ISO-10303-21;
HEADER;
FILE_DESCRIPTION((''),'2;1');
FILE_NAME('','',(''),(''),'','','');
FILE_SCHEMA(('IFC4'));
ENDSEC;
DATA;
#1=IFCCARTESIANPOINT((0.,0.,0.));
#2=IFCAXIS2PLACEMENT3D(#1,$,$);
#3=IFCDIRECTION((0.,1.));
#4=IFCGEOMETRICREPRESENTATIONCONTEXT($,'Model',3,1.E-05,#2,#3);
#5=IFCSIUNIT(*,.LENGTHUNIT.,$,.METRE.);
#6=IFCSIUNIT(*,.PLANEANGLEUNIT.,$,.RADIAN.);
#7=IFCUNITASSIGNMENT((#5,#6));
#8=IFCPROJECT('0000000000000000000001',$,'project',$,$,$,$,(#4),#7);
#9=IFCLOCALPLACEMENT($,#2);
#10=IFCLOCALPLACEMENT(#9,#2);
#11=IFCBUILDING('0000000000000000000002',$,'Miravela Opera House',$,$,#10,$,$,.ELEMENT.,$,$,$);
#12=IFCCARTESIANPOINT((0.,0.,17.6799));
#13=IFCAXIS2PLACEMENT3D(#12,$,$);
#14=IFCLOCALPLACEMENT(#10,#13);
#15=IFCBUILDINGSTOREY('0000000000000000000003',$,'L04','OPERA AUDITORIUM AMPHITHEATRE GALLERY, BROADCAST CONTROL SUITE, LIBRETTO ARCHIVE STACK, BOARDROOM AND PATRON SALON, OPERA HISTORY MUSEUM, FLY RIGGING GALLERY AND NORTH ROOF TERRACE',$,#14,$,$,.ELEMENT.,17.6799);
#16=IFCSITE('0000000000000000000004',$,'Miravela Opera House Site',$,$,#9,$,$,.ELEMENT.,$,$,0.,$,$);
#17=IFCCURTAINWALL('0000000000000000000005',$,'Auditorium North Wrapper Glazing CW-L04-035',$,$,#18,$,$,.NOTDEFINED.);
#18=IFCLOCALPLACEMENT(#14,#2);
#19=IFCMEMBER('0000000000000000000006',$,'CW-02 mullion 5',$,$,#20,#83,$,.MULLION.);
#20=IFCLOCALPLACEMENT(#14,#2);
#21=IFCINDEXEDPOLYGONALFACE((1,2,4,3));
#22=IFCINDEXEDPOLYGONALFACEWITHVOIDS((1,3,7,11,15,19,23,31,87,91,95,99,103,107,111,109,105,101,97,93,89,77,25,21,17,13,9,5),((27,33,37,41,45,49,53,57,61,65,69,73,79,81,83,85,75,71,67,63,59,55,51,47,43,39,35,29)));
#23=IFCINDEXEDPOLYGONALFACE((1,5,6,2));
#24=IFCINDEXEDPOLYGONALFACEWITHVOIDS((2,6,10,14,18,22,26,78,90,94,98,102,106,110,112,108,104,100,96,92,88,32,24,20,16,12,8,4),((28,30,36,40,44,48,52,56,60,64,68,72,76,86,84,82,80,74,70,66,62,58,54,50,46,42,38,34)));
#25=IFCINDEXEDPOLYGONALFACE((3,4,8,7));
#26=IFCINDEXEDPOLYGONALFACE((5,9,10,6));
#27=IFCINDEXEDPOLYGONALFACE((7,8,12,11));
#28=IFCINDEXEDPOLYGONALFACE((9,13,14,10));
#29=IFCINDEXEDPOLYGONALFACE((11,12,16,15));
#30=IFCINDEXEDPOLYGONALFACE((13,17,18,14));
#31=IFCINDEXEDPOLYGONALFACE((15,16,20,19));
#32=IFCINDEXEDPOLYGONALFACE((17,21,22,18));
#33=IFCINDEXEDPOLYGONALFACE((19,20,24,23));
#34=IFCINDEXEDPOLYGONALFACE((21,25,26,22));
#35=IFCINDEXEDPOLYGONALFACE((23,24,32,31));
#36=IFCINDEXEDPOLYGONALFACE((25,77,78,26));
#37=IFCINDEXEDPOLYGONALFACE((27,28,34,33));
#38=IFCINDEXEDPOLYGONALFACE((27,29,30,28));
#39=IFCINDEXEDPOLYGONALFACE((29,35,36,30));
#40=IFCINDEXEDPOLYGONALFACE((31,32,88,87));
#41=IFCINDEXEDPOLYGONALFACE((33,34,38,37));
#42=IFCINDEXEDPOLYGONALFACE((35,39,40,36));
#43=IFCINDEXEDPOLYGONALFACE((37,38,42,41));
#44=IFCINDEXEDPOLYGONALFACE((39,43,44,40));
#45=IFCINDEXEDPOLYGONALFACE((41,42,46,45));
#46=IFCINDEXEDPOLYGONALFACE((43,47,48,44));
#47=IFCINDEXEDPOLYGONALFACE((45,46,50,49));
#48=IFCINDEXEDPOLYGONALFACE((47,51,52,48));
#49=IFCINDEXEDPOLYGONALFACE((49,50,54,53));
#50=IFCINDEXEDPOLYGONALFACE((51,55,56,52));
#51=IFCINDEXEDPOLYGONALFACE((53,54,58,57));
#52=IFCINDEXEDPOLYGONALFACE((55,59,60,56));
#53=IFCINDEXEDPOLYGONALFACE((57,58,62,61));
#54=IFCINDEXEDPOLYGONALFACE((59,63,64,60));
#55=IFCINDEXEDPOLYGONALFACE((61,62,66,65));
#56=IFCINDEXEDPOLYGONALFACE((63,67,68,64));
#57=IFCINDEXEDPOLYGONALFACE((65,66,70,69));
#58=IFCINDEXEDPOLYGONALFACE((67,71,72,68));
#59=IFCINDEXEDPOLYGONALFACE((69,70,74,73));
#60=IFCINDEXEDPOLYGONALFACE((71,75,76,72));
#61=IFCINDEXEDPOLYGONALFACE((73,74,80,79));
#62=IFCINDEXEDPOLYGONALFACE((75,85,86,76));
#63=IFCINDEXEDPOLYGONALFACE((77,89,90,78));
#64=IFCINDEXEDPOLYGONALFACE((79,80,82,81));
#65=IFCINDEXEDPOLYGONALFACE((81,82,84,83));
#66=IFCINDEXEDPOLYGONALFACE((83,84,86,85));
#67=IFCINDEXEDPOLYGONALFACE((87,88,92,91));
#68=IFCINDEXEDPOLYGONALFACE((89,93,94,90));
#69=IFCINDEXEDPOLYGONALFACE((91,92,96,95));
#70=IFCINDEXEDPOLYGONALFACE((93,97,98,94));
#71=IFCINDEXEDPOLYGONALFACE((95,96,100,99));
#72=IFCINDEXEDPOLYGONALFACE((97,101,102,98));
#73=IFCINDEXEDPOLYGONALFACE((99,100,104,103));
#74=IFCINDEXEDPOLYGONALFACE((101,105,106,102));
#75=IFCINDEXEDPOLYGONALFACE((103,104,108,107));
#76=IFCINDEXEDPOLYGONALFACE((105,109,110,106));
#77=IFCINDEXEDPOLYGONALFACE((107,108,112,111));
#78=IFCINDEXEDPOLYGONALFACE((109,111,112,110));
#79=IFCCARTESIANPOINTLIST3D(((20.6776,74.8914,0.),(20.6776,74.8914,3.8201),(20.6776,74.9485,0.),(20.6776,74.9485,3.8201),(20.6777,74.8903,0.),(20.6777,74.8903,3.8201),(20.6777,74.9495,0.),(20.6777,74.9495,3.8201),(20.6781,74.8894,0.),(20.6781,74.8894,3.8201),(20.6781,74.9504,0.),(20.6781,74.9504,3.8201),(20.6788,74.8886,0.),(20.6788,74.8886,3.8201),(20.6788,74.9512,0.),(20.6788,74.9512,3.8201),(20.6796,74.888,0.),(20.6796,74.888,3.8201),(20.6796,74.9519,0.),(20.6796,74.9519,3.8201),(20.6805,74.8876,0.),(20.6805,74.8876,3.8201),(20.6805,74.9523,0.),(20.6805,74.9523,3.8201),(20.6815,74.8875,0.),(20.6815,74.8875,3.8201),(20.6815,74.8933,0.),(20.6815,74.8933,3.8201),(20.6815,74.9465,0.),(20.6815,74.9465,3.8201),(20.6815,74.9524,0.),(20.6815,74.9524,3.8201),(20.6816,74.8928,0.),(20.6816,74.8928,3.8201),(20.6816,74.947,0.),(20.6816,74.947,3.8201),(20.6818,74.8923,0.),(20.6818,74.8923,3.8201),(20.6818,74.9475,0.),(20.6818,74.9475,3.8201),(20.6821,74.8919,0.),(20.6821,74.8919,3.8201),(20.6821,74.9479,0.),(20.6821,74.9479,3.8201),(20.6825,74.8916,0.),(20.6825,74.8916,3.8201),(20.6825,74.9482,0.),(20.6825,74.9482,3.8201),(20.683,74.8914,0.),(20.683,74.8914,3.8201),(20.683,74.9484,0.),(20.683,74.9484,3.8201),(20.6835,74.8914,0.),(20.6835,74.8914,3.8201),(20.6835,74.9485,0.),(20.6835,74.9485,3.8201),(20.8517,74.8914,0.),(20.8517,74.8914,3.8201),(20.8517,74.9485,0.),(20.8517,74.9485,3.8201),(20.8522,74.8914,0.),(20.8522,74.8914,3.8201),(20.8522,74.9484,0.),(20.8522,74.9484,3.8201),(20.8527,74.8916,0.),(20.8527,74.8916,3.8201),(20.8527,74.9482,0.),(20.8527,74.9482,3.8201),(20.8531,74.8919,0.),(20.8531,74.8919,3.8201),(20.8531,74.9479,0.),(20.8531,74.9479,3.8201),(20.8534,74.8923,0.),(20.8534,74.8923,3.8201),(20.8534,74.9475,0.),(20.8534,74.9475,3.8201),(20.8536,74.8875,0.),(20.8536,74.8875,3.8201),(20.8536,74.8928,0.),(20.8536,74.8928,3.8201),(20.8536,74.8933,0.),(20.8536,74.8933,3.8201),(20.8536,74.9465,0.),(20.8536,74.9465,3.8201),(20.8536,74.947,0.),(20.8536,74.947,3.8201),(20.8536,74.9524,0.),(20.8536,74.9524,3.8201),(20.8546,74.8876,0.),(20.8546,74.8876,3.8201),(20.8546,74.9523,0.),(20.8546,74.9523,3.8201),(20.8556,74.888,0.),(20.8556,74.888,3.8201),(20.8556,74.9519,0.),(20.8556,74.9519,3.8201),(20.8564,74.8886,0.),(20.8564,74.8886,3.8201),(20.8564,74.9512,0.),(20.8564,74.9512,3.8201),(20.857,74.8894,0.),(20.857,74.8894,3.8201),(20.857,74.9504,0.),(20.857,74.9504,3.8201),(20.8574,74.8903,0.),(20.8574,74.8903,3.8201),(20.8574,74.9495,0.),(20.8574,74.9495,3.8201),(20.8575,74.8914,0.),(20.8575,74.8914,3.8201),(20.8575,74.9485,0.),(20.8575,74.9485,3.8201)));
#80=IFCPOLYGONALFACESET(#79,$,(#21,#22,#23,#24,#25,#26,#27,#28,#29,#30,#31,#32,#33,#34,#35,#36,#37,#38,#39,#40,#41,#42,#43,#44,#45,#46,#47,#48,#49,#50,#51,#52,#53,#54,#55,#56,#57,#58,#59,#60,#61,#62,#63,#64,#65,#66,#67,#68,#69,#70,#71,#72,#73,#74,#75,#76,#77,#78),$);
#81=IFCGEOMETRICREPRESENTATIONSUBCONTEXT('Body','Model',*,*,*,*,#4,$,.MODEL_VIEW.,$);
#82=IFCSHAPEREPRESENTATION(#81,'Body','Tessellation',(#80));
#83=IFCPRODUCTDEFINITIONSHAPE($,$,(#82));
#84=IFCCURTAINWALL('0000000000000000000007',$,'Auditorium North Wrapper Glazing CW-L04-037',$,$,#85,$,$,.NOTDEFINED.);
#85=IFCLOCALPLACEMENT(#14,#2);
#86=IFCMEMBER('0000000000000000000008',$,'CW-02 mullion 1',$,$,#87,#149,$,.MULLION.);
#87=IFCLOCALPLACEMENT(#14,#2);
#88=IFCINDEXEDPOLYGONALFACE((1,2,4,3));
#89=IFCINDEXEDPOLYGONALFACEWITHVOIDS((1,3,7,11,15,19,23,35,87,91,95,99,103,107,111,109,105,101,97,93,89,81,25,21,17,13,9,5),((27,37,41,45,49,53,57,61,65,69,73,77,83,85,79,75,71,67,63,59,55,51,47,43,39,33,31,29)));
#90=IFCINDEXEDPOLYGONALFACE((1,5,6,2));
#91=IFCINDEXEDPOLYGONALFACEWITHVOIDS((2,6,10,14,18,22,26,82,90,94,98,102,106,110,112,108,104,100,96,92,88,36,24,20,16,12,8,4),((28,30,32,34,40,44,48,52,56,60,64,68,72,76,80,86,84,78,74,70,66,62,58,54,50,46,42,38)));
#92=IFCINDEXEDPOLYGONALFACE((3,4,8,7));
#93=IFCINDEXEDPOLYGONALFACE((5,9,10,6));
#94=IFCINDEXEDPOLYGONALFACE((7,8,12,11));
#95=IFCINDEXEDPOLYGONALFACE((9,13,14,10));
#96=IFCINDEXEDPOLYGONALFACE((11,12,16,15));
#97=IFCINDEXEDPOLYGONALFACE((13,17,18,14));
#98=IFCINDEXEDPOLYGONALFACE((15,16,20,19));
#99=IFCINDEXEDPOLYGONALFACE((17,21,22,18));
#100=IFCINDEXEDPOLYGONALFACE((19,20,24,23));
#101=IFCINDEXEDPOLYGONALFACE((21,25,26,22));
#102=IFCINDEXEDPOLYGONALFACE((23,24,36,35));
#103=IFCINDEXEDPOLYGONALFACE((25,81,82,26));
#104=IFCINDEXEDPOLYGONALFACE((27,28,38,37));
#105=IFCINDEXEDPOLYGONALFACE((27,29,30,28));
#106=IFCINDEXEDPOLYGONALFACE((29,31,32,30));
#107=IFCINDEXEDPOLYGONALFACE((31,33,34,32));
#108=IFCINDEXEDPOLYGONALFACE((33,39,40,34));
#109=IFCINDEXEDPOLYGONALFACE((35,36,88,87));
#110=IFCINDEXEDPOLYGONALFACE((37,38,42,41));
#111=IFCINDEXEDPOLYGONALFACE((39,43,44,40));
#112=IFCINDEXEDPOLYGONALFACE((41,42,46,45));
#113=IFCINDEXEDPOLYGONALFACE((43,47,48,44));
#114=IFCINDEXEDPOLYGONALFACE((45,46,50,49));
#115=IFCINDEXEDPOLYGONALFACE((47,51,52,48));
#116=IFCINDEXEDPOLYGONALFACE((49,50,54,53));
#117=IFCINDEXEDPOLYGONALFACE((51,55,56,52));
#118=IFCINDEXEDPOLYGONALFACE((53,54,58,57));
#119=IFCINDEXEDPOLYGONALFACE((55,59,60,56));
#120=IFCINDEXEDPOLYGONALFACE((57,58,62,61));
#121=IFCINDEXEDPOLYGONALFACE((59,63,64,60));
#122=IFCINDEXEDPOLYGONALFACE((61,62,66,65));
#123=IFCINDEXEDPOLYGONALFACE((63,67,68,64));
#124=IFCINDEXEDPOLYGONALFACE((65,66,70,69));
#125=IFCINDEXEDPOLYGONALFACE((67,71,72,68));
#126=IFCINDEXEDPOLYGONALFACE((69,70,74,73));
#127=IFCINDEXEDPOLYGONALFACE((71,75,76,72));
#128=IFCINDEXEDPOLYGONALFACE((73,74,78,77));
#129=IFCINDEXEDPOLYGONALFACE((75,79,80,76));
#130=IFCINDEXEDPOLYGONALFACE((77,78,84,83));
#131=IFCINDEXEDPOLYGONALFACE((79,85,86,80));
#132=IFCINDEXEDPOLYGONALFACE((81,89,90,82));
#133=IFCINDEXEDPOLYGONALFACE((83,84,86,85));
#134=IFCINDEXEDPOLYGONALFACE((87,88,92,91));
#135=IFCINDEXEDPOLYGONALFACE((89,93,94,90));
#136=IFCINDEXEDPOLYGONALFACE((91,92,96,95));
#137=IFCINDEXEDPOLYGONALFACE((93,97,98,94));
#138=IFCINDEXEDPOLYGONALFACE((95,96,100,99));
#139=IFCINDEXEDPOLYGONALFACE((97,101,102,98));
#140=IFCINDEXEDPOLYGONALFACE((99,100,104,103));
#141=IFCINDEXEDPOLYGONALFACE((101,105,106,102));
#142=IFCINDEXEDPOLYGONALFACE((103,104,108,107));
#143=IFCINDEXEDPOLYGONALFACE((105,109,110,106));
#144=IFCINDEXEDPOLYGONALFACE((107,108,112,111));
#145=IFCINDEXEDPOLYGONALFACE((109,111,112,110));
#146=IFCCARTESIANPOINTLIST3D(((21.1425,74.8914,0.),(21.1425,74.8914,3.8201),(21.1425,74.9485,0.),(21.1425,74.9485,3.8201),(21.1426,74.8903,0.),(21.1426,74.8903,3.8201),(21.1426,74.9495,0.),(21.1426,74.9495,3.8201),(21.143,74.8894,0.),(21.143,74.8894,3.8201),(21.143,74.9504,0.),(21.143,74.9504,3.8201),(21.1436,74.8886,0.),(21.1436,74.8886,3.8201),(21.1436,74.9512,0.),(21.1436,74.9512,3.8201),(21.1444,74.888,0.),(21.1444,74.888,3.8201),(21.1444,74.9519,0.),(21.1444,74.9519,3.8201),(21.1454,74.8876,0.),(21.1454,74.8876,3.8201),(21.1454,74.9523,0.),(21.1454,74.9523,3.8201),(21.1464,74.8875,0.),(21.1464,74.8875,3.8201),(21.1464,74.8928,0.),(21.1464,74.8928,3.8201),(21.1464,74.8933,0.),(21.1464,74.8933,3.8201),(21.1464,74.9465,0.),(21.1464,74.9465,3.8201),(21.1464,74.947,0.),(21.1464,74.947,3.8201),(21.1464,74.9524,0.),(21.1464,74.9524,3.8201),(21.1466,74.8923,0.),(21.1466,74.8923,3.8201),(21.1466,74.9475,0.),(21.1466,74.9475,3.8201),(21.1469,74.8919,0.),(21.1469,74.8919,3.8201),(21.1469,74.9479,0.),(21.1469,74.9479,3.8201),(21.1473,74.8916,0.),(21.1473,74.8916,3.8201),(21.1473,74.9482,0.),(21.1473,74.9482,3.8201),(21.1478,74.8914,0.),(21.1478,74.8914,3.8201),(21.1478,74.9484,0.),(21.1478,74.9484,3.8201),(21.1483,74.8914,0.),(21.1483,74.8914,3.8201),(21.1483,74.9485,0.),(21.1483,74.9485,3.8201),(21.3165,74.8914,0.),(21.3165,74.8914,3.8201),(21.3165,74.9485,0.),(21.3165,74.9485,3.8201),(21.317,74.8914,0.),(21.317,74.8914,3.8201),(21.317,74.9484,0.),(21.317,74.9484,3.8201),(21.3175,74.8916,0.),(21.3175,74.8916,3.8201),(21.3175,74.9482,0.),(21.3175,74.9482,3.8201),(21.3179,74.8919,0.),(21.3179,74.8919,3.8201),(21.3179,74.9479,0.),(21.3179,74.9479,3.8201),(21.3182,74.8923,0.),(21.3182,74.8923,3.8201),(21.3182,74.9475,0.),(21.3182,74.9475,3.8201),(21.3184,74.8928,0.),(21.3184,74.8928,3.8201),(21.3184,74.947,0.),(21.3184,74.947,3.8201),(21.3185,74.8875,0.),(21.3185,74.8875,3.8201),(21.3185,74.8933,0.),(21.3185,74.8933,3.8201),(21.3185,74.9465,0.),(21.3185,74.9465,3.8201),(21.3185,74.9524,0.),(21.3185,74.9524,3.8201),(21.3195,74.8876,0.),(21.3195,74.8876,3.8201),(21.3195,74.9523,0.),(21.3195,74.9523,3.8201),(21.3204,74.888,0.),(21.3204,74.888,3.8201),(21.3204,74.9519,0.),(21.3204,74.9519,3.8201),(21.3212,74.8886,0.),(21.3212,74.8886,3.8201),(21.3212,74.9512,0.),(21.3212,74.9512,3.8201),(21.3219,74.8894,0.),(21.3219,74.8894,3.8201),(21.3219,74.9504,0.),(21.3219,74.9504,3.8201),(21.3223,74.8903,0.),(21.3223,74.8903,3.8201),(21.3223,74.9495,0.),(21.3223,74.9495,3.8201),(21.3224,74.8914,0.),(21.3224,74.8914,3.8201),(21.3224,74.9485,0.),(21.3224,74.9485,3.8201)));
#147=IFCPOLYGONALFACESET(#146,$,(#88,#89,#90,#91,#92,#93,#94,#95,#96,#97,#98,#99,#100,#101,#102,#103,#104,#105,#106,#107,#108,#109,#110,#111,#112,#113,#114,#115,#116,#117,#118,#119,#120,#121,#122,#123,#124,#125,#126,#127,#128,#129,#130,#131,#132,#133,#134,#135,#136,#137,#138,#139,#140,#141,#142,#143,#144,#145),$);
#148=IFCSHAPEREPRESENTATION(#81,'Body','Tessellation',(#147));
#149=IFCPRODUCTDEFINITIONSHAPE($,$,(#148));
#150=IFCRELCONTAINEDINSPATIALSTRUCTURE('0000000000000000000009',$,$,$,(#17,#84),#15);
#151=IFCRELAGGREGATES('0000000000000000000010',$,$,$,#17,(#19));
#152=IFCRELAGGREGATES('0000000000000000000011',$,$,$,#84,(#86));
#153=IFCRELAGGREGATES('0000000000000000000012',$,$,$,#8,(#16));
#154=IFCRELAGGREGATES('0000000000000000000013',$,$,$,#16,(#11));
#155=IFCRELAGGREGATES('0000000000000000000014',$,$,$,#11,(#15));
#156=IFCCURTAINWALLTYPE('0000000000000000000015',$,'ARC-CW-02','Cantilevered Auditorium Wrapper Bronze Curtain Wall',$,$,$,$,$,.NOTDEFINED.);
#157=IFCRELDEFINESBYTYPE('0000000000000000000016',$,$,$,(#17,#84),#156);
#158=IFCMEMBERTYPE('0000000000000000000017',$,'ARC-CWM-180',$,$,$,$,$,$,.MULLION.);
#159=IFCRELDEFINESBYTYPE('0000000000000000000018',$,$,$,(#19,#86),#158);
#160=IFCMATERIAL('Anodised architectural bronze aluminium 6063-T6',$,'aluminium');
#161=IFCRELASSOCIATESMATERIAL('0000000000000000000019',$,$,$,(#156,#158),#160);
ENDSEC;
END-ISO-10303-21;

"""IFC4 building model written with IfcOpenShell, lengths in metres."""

from ifc_helpers import new_model, si_unit, direction, frame, origin, origin_2d, place, context, subcontext, project, spatial, hollow_rectangle, extrude, material, material_profile, profile_set, type_object, element, aggregate, save


model = new_model("IFC4")

# Units and contexts
model_context = context("Model", 3, precision=1e-05, world=origin(), true_north=direction((0.0, 1.0)))
body_context = subcontext(model_context, "Body", "Model", "MODEL_VIEW")
ifc_project = project(units=[si_unit("LENGTHUNIT", "METRE"), si_unit("PLANEANGLEUNIT", "RADIAN")], contexts=[model_context])

# Site, building, storey
site_placement = place(None, origin())
site = spatial("IfcSite", under=ifc_project, at=site_placement, Name="Miravela Opera House Site", CompositionType="ELEMENT", RefElevation=0.0)
building_placement = place(site_placement, origin())
building = spatial("IfcBuilding", under=site, at=building_placement, Name="Miravela Opera House", CompositionType="ELEMENT")
storey_placement = place(building_placement, frame((0.0, 0.0, 17.6799)))
storey = spatial("IfcBuildingStorey", under=building, at=storey_placement, Name="L04", Description="OPERA AUDITORIUM AMPHITHEATRE GALLERY, BROADCAST CONTROL SUITE, LIBRETTO ARCHIVE STACK, BOARDROOM AND PATRON SALON, OPERA HISTORY MUSEUM, FLY RIGGING GALLERY AND NORTH ROOF TERRACE", CompositionType="ELEMENT", Elevation=17.6799)

# Curtain wall, member
ifc_material_1 = material(Name="Anodised architectural bronze aluminium 6063-T6", Category="aluminium")
curtain_wall_type = type_object("IfcCurtainWallType", Name="ARC-CW-02", Description="Cantilevered Auditorium Wrapper Bronze Curtain Wall", PredefinedType="NOTDEFINED", material=ifc_material_1)
curtain_wall_1_placement = place(storey_placement, origin())
curtain_wall_1 = element("IfcCurtainWall", 1, at=curtain_wall_1_placement, inside=storey, type_object=curtain_wall_type, Name="Auditorium North Wrapper Glazing CW-L04-035", PredefinedType="NOTDEFINED")
ifc_material_profile_1 = material_profile(ifc_material_1, hollow_rectangle(XDim=0.0649, YDim=0.1799, WallThickness=0.0039, InnerFilletRadius=0.002, OuterFilletRadius=0.0039, at=origin_2d()), Name="CWM-65X180")
ifc_profile_set_1 = profile_set([ifc_material_profile_1])
member_type_1 = type_object("IfcMemberType", Name="ARC-CWM-180", PredefinedType="MULLION", material=ifc_profile_set_1)
member_1_placement = place(storey_placement, frame((20.7676, 74.9199, 0.0), z_axis=(0.0, 0.0, 1.0), x_axis=(0.0, 1.0, 0.0)))
member_1 = element("IfcMember", 2, at=member_1_placement, type_object=member_type_1, Name="CW-02 mullion 5", PredefinedType="MULLION", context=body_context, shape_type="SweptSolid", body=[
    extrude(hollow_rectangle(XDim=0.0649, YDim=0.1799, WallThickness=0.0039, InnerFilletRadius=0.002, OuterFilletRadius=0.0039, at=origin_2d()), origin(), (0.0, 0.0, 1.0), 3.8201),
])

# Curtain wall, member
curtain_wall_2_placement = place(storey_placement, origin())
curtain_wall_2 = element("IfcCurtainWall", 3, at=curtain_wall_2_placement, inside=storey, type_object=curtain_wall_type, Name="Auditorium North Wrapper Glazing CW-L04-037", PredefinedType="NOTDEFINED")
member_2_placement = place(storey_placement, frame((21.2324, 74.9199, 0.0), z_axis=(0.0, 0.0, 1.0), x_axis=(0.0, 1.0, 0.0)))
member_2 = element("IfcMember", 4, at=member_2_placement, type_object=member_type_1, Name="CW-02 mullion 1", PredefinedType="MULLION", context=body_context, shape_type="SweptSolid", body=[
    extrude(hollow_rectangle(XDim=0.0649, YDim=0.1799, WallThickness=0.0039, InnerFilletRadius=0.002, OuterFilletRadius=0.0039, at=origin_2d()), origin(), (0.0, 0.0, 1.0), 3.8201),
])

aggregate(curtain_wall_1, [member_1])
aggregate(curtain_wall_2, [member_2])

save(model, "model.ifc")
